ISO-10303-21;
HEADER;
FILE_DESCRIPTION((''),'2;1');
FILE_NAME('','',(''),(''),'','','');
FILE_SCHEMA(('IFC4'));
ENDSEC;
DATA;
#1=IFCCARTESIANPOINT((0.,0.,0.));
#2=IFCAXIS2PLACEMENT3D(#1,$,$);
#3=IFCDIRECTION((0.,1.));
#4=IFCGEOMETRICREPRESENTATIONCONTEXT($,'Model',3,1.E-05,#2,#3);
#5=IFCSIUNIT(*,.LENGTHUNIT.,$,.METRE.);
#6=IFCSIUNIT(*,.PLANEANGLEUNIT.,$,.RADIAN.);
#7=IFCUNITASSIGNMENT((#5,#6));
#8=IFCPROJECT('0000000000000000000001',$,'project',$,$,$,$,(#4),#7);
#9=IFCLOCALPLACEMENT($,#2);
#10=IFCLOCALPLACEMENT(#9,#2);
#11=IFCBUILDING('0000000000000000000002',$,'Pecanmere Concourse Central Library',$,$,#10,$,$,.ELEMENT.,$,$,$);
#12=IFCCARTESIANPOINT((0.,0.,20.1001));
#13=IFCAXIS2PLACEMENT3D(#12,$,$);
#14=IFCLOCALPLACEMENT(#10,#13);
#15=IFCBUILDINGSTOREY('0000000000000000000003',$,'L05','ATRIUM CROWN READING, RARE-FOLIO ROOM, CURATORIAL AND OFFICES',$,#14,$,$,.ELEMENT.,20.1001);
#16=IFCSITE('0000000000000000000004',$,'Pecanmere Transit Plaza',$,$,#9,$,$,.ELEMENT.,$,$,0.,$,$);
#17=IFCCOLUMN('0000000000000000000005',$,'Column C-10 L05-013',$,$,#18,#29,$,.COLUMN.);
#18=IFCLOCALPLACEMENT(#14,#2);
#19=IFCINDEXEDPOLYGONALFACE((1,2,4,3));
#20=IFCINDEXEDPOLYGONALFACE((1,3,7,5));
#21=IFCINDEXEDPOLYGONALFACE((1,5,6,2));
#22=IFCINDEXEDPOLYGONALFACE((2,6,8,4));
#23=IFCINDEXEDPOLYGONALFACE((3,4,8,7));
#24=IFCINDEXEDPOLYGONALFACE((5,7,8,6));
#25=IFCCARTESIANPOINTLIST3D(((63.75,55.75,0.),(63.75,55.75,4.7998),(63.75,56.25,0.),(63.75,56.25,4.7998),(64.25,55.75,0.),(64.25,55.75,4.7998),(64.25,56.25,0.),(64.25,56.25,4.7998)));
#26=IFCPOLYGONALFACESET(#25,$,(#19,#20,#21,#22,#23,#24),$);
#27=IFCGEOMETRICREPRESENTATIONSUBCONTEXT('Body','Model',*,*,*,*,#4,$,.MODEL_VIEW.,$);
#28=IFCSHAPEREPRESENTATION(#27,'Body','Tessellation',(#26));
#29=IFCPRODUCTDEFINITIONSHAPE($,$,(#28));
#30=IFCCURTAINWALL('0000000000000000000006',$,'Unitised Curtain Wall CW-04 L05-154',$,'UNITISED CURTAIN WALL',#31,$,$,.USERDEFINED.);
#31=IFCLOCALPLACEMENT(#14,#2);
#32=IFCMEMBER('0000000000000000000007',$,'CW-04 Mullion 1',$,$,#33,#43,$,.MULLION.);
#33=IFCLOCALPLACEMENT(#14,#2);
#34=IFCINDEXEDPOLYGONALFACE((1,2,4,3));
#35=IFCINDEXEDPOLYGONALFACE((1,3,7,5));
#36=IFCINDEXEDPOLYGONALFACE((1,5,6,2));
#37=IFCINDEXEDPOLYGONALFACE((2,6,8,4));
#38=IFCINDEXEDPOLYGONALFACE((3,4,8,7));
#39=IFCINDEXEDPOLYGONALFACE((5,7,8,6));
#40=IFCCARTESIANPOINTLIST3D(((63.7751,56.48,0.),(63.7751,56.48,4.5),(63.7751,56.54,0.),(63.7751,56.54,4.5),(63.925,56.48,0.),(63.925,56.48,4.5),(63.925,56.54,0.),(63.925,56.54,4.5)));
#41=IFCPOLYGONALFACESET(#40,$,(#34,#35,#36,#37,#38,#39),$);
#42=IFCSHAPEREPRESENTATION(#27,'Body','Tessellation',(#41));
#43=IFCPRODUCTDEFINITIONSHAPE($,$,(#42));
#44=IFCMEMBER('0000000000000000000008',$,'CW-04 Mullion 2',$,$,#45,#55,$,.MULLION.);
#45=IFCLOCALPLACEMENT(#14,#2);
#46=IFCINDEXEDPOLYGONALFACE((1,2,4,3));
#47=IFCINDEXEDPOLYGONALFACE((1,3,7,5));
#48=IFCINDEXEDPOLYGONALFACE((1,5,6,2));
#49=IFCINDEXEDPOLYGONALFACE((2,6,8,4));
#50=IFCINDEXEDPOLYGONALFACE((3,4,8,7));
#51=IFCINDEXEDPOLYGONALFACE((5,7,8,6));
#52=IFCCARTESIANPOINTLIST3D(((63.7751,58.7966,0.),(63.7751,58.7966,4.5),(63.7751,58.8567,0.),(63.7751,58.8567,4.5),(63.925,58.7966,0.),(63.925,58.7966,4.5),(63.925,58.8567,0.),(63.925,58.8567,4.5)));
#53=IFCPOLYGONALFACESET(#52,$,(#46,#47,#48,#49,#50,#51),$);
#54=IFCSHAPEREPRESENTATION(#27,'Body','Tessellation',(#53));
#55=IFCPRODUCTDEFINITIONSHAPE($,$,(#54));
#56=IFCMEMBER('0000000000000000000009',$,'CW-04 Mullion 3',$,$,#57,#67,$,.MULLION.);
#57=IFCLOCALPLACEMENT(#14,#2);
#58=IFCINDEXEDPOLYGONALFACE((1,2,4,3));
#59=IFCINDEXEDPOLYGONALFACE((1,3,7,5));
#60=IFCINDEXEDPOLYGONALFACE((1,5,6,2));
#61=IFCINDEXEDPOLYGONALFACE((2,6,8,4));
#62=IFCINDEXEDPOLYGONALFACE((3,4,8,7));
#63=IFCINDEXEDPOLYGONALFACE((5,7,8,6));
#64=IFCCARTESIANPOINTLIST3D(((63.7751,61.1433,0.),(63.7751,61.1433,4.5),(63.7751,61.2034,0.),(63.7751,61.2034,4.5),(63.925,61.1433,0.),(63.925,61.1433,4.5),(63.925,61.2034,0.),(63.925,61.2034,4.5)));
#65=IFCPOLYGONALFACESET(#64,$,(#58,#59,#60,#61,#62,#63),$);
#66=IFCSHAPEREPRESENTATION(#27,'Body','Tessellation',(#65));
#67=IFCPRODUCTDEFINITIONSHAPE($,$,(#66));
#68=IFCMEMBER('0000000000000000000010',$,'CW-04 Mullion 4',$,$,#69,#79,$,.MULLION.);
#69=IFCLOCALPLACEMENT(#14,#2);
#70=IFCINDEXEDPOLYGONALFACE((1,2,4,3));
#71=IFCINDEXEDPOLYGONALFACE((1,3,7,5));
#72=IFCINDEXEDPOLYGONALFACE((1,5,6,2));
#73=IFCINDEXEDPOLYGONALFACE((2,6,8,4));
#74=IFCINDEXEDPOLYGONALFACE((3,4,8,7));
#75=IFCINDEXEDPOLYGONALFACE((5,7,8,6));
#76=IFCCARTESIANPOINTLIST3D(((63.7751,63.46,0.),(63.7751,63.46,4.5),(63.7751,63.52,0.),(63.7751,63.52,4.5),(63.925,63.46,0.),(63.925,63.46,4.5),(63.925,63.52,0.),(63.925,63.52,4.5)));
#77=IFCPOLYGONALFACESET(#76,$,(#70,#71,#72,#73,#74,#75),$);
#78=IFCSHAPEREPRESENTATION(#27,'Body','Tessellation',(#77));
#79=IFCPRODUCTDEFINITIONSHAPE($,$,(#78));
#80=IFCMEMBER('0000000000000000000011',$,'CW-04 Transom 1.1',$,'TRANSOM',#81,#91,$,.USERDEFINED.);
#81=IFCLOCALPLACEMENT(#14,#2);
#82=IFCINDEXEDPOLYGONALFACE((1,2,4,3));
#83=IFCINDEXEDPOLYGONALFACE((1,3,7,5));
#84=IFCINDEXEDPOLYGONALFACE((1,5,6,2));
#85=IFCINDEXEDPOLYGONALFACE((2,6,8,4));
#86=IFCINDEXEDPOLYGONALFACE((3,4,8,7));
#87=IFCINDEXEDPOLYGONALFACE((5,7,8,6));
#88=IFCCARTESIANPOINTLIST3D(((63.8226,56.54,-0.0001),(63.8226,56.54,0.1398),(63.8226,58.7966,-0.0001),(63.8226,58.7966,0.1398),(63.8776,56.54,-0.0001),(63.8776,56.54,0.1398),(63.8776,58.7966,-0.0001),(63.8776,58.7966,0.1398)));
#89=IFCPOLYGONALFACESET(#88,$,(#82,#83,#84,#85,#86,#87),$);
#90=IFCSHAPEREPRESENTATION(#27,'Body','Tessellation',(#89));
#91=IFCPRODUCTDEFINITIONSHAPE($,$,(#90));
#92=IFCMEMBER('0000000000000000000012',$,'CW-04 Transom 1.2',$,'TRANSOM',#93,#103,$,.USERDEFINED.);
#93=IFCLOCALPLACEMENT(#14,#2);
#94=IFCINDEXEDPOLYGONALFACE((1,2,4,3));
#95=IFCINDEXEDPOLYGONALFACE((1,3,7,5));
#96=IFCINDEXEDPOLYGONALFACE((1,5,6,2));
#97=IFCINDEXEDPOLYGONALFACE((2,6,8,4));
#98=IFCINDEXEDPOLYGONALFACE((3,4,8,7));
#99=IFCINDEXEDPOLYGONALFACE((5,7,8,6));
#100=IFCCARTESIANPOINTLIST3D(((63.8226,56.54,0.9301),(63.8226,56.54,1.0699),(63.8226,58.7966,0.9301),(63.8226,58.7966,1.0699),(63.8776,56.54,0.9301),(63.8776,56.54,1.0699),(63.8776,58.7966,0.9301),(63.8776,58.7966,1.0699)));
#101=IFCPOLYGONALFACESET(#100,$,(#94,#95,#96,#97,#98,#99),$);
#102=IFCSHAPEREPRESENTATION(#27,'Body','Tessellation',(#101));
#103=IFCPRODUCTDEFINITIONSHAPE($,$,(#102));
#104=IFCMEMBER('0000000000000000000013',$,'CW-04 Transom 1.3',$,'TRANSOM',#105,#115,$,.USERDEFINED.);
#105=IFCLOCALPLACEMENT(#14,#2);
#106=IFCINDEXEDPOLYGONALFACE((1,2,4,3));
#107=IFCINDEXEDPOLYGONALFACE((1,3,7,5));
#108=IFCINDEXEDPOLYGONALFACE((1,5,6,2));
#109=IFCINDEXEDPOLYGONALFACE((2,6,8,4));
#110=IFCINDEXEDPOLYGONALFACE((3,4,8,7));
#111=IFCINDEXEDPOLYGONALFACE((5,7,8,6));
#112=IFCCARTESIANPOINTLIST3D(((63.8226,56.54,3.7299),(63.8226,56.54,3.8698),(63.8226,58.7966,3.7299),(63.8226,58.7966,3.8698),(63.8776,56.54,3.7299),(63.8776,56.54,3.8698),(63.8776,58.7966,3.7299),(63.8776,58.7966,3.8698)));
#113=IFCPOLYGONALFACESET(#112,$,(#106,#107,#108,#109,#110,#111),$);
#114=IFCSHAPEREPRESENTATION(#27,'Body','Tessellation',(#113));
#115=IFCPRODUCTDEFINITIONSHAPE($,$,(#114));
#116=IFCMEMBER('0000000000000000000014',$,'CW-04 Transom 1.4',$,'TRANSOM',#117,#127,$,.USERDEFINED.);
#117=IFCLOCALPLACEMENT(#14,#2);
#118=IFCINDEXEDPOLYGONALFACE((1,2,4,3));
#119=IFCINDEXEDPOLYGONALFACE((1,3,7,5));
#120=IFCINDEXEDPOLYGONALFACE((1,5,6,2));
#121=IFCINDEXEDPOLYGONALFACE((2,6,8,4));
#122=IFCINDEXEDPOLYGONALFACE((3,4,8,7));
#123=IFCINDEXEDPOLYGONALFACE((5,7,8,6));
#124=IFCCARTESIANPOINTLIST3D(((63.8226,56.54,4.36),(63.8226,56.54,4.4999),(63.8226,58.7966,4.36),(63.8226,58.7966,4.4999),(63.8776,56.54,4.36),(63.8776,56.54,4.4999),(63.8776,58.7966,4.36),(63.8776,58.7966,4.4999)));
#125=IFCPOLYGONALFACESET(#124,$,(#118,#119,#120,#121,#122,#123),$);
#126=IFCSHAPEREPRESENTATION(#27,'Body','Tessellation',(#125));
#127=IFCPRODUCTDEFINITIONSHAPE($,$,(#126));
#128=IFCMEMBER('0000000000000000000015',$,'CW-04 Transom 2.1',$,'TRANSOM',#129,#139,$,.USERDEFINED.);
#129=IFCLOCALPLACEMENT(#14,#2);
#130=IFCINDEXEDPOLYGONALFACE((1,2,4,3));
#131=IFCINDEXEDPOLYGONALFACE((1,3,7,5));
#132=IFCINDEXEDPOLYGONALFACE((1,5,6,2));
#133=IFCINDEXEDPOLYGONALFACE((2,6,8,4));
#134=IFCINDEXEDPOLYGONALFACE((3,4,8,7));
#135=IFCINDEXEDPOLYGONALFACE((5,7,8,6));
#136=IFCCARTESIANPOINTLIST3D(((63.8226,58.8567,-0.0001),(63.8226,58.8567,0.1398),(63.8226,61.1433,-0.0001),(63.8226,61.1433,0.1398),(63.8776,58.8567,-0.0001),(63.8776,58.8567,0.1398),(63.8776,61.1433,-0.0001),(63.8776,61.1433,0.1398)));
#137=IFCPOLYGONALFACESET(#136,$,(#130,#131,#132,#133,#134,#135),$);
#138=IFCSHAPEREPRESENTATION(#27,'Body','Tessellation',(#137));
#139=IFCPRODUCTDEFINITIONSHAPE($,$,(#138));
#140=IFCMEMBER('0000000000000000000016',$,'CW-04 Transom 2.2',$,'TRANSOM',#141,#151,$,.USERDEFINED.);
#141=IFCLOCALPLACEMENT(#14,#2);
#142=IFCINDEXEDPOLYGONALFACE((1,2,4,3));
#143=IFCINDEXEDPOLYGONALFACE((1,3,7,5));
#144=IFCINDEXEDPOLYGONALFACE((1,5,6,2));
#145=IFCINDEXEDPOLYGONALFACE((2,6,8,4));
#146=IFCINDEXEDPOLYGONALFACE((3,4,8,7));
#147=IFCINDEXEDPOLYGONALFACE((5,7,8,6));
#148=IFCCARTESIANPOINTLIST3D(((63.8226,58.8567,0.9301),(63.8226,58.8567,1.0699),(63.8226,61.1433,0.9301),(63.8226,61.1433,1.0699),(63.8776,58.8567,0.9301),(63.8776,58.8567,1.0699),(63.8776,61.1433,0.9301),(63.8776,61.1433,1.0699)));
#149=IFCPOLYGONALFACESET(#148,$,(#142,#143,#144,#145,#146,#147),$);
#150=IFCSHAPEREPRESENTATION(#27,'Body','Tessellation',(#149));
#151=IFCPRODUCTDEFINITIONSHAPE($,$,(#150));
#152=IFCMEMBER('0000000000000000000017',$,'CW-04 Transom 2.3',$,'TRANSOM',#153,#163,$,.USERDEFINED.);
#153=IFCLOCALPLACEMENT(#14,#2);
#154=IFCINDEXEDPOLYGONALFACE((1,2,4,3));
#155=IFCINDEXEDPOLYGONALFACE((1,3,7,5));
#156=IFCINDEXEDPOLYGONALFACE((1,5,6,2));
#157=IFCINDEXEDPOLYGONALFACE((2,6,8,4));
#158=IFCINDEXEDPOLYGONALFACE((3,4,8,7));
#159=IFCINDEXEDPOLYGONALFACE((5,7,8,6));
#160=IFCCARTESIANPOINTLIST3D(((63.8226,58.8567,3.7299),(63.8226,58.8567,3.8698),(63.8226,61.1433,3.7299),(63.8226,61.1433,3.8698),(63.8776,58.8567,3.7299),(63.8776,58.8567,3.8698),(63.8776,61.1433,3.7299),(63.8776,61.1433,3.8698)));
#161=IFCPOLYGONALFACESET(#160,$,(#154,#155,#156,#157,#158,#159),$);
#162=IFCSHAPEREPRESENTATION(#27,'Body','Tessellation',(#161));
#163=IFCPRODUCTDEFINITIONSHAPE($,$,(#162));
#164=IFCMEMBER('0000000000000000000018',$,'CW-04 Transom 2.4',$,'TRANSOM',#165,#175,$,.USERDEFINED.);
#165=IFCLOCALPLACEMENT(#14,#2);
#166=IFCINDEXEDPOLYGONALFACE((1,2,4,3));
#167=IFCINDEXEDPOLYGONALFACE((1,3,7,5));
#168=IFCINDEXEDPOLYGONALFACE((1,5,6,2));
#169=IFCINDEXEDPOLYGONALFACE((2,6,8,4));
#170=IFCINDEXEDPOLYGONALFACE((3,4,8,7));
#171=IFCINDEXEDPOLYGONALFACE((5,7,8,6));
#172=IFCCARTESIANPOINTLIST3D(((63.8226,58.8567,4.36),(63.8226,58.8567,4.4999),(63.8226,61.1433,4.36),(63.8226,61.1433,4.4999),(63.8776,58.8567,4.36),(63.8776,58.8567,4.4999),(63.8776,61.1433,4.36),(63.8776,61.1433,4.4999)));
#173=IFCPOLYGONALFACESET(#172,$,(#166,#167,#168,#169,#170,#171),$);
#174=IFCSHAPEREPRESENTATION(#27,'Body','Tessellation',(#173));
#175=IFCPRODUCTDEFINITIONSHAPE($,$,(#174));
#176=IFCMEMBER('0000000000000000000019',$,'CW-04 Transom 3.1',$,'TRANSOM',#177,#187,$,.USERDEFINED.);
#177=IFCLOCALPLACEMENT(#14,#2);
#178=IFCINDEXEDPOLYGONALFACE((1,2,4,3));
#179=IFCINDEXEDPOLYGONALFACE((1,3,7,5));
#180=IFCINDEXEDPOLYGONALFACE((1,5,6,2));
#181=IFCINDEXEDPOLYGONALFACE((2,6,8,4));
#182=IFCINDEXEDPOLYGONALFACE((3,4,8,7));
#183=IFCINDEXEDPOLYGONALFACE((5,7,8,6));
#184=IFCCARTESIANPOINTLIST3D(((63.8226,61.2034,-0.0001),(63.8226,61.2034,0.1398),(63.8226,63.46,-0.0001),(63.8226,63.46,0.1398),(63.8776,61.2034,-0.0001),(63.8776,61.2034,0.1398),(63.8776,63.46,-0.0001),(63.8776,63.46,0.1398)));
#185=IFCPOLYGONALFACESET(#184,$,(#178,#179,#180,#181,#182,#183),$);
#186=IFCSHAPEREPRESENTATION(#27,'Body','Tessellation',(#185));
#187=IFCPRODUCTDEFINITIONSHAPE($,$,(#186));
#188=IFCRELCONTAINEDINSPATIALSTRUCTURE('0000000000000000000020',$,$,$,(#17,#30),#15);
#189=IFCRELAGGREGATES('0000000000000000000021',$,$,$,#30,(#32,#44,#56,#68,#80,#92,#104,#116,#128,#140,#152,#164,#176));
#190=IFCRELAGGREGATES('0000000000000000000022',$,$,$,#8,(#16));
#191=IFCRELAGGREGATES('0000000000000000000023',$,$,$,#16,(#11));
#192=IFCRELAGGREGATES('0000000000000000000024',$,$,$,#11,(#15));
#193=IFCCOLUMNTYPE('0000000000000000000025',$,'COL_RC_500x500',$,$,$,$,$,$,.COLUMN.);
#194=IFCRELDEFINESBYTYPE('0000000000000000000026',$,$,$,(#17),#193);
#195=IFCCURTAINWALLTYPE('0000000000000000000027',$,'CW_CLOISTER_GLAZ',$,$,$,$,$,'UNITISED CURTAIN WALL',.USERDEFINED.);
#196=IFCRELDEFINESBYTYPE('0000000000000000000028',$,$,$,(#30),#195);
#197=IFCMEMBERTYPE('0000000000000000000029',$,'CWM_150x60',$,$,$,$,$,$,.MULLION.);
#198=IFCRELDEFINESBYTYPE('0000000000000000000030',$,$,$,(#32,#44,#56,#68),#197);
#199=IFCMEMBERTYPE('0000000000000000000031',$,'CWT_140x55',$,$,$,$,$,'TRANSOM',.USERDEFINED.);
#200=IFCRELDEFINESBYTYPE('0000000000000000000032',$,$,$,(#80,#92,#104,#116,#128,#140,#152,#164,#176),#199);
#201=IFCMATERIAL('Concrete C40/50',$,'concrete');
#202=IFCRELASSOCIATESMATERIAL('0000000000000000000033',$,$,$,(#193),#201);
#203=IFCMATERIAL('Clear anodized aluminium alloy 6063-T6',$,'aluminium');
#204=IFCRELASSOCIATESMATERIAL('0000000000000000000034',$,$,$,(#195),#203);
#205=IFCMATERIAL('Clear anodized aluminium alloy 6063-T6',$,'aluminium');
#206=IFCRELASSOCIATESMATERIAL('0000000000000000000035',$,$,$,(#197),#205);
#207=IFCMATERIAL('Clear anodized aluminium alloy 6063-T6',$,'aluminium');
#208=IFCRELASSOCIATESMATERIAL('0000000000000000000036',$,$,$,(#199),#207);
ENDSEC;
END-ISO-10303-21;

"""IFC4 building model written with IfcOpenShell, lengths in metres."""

from ifc_helpers import new_model, si_unit, direction, frame, origin, origin_2d, place, context, subcontext, project, spatial, rectangle, extrude, material, material_profile, profile_set, type_object, element, aggregate, save


model = new_model("IFC4")

# Units and contexts
model_context = context("Model", 3, precision=1e-05, world=origin(), true_north=direction((0.0, 1.0)))
body_context = subcontext(model_context, "Body", "Model", "MODEL_VIEW")
ifc_project = project(units=[si_unit("LENGTHUNIT", "METRE"), si_unit("PLANEANGLEUNIT", "RADIAN")], contexts=[model_context])

# Site, building, storey
site_placement = place(None, origin())
site = spatial("IfcSite", under=ifc_project, at=site_placement, Name="Pecanmere Transit Plaza", CompositionType="ELEMENT", RefElevation=0.0)
building_placement = place(site_placement, origin())
building = spatial("IfcBuilding", under=site, at=building_placement, Name="Pecanmere Concourse Central Library", CompositionType="ELEMENT")
storey_placement = place(building_placement, frame((0.0, 0.0, 20.1001)))
storey = spatial("IfcBuildingStorey", under=building, at=storey_placement, Name="L05", Description="ATRIUM CROWN READING, RARE-FOLIO ROOM, CURATORIAL AND OFFICES", CompositionType="ELEMENT", Elevation=20.1001)

# Column
ifc_material_1 = material(Name="Concrete C40/50", Category="concrete")
ifc_material_profile_1 = material_profile(ifc_material_1, rectangle(XDim=0.5, YDim=0.5, at=origin_2d()), Name="RC 500x500")
ifc_profile_set_1 = profile_set([ifc_material_profile_1], Name="Concrete C40/50")
column_type = type_object("IfcColumnType", Name="COL_RC_500x500", PredefinedType="COLUMN", material=ifc_profile_set_1)
column_placement = place(storey_placement, frame((64.0, 56.0, 0.0), z_axis=(0.0, 0.0, 1.0), x_axis=(1.0, 0.0, 0.0)))
element("IfcColumn", 1, at=column_placement, inside=storey, type_object=column_type, Name="Column C-10 L05-013", PredefinedType="COLUMN", context=body_context, shape_type="SweptSolid", body=[
    extrude(rectangle(XDim=0.5, YDim=0.5, at=origin_2d()), origin(), (0.0, 0.0, 1.0), 4.7998),
])

# Curtain wall, members
ifc_material_2 = material(Name="Clear anodized aluminium alloy 6063-T6", Category="aluminium")
curtain_wall_type = type_object("IfcCurtainWallType", Name="CW_CLOISTER_GLAZ", ElementType="UNITISED CURTAIN WALL", PredefinedType="USERDEFINED", material=ifc_material_2)
curtain_wall_placement = place(storey_placement, origin())
curtain_wall = element("IfcCurtainWall", 2, at=curtain_wall_placement, inside=storey, type_object=curtain_wall_type, Name="Unitised Curtain Wall CW-04 L05-154", ObjectType="UNITISED CURTAIN WALL", PredefinedType="USERDEFINED")
ifc_material_3 = material(Name="Clear anodized aluminium alloy 6063-T6", Category="aluminium")
ifc_material_profile_2 = material_profile(ifc_material_3, rectangle(XDim=0.0601, YDim=0.1499, at=origin_2d()), Name="AL 60x150")
ifc_profile_set_2 = profile_set([ifc_material_profile_2], Name="Clear anodized aluminium alloy 6063-T6")
member_type_1 = type_object("IfcMemberType", Name="CWM_150x60", PredefinedType="MULLION", material=ifc_profile_set_2)
member_1_placement = place(storey_placement, frame((63.8501, 56.51, 0.0), z_axis=(0.0, 0.0, 1.0), x_axis=(0.0, 1.0, 0.0)))
member_1 = element("IfcMember", 3, at=member_1_placement, type_object=member_type_1, Name="CW-04 Mullion 1", PredefinedType="MULLION", context=body_context, shape_type="SweptSolid", body=[
    extrude(rectangle(XDim=0.0601, YDim=0.1499, at=origin_2d()), origin(), (0.0, 0.0, 1.0), 4.5),
])
member_2_placement = place(storey_placement, frame((63.8501, 58.8267, 0.0), z_axis=(0.0, 0.0, 1.0), x_axis=(0.0, 1.0, 0.0)))
member_2 = element("IfcMember", 4, at=member_2_placement, type_object=member_type_1, Name="CW-04 Mullion 2", PredefinedType="MULLION", context=body_context, shape_type="SweptSolid", body=[
    extrude(rectangle(XDim=0.0601, YDim=0.1499, at=origin_2d()), origin(), (0.0, 0.0, 1.0), 4.5),
])
member_3_placement = place(storey_placement, frame((63.8501, 61.1733, 0.0), z_axis=(0.0, 0.0, 1.0), x_axis=(0.0, 1.0, 0.0)))
member_3 = element("IfcMember", 5, at=member_3_placement, type_object=member_type_1, Name="CW-04 Mullion 3", PredefinedType="MULLION", context=body_context, shape_type="SweptSolid", body=[
    extrude(rectangle(XDim=0.0601, YDim=0.1499, at=origin_2d()), origin(), (0.0, 0.0, 1.0), 4.5),
])
member_4_placement = place(storey_placement, frame((63.8501, 63.49, 0.0), z_axis=(0.0, 0.0, 1.0), x_axis=(0.0, 1.0, 0.0)))
member_4 = element("IfcMember", 6, at=member_4_placement, type_object=member_type_1, Name="CW-04 Mullion 4", PredefinedType="MULLION", context=body_context, shape_type="SweptSolid", body=[
    extrude(rectangle(XDim=0.0601, YDim=0.1499, at=origin_2d()), origin(), (0.0, 0.0, 1.0), 4.5),
])
ifc_material_4 = material(Name="Clear anodized aluminium alloy 6063-T6", Category="aluminium")
ifc_material_profile_3 = material_profile(ifc_material_4, rectangle(XDim=0.0549, YDim=0.1399, at=origin_2d()), Name="AL 55x140")
ifc_profile_set_3 = profile_set([ifc_material_profile_3], Name="Clear anodized aluminium alloy 6063-T6")
member_type_2 = type_object("IfcMemberType", Name="CWT_140x55", ElementType="TRANSOM", PredefinedType="USERDEFINED", material=ifc_profile_set_3)
member_5_placement = place(storey_placement, frame((63.8501, 56.54, 0.0698), z_axis=(0.0, 1.0, 0.0), x_axis=(-1.0, 0.0, 0.0)))
member_5 = element("IfcMember", 7, at=member_5_placement, type_object=member_type_2, Name="CW-04 Transom 1.1", ObjectType="TRANSOM", PredefinedType="USERDEFINED", context=body_context, shape_type="SweptSolid", body=[
    extrude(rectangle(XDim=0.0549, YDim=0.1399, at=origin_2d()), origin(), (0.0, 0.0, 1.0), 2.2566),
])
member_6_placement = place(storey_placement, frame((63.8501, 56.54, 1.0), z_axis=(0.0, 1.0, 0.0), x_axis=(-1.0, 0.0, 0.0)))
member_6 = element("IfcMember", 8, at=member_6_placement, type_object=member_type_2, Name="CW-04 Transom 1.2", ObjectType="TRANSOM", PredefinedType="USERDEFINED", context=body_context, shape_type="SweptSolid", body=[
    extrude(rectangle(XDim=0.0549, YDim=0.1399, at=origin_2d()), origin(), (0.0, 0.0, 1.0), 2.2566),
])
member_7_placement = place(storey_placement, frame((63.8501, 56.54, 3.7998), z_axis=(0.0, 1.0, 0.0), x_axis=(-1.0, 0.0, 0.0)))
member_7 = element("IfcMember", 9, at=member_7_placement, type_object=member_type_2, Name="CW-04 Transom 1.3", ObjectType="TRANSOM", PredefinedType="USERDEFINED", context=body_context, shape_type="SweptSolid", body=[
    extrude(rectangle(XDim=0.0549, YDim=0.1399, at=origin_2d()), origin(), (0.0, 0.0, 1.0), 2.2566),
])
member_8_placement = place(storey_placement, frame((63.8501, 56.54, 4.4299), z_axis=(0.0, 1.0, 0.0), x_axis=(-1.0, 0.0, 0.0)))
member_8 = element("IfcMember", 10, at=member_8_placement, type_object=member_type_2, Name="CW-04 Transom 1.4", ObjectType="TRANSOM", PredefinedType="USERDEFINED", context=body_context, shape_type="SweptSolid", body=[
    extrude(rectangle(XDim=0.0549, YDim=0.1399, at=origin_2d()), origin(), (0.0, 0.0, 1.0), 2.2566),
])
member_9_placement = place(storey_placement, frame((63.8501, 58.8567, 0.0698), z_axis=(0.0, 1.0, 0.0), x_axis=(-1.0, 0.0, 0.0)))
member_9 = element("IfcMember", 11, at=member_9_placement, type_object=member_type_2, Name="CW-04 Transom 2.1", ObjectType="TRANSOM", PredefinedType="USERDEFINED", context=body_context, shape_type="SweptSolid", body=[
    extrude(rectangle(XDim=0.0549, YDim=0.1399, at=origin_2d()), origin(), (0.0, 0.0, 1.0), 2.2866),
])
member_10_placement = place(storey_placement, frame((63.8501, 58.8567, 1.0), z_axis=(0.0, 1.0, 0.0), x_axis=(-1.0, 0.0, 0.0)))
member_10 = element("IfcMember", 12, at=member_10_placement, type_object=member_type_2, Name="CW-04 Transom 2.2", ObjectType="TRANSOM", PredefinedType="USERDEFINED", context=body_context, shape_type="SweptSolid", body=[
    extrude(rectangle(XDim=0.0549, YDim=0.1399, at=origin_2d()), origin(), (0.0, 0.0, 1.0), 2.2866),
])
member_11_placement = place(storey_placement, frame((63.8501, 58.8567, 3.7998), z_axis=(0.0, 1.0, 0.0), x_axis=(-1.0, 0.0, 0.0)))
member_11 = element("IfcMember", 13, at=member_11_placement, type_object=member_type_2, Name="CW-04 Transom 2.3", ObjectType="TRANSOM", PredefinedType="USERDEFINED", context=body_context, shape_type="SweptSolid", body=[
    extrude(rectangle(XDim=0.0549, YDim=0.1399, at=origin_2d()), origin(), (0.0, 0.0, 1.0), 2.2866),
])
member_12_placement = place(storey_placement, frame((63.8501, 58.8567, 4.4299), z_axis=(0.0, 1.0, 0.0), x_axis=(-1.0, 0.0, 0.0)))
member_12 = element("IfcMember", 14, at=member_12_placement, type_object=member_type_2, Name="CW-04 Transom 2.4", ObjectType="TRANSOM", PredefinedType="USERDEFINED", context=body_context, shape_type="SweptSolid", body=[
    extrude(rectangle(XDim=0.0549, YDim=0.1399, at=origin_2d()), origin(), (0.0, 0.0, 1.0), 2.2866),
])
member_13_placement = place(storey_placement, frame((63.8501, 61.2034, 0.0698), z_axis=(0.0, 1.0, 0.0), x_axis=(-1.0, 0.0, 0.0)))
member_13 = element("IfcMember", 15, at=member_13_placement, type_object=member_type_2, Name="CW-04 Transom 3.1", ObjectType="TRANSOM", PredefinedType="USERDEFINED", context=body_context, shape_type="SweptSolid", body=[
    extrude(rectangle(XDim=0.0549, YDim=0.1399, at=origin_2d()), origin(), (0.0, 0.0, 1.0), 2.2566),
])

aggregate(curtain_wall, [member_1, member_2, member_3, member_4, member_5, member_6, member_7, member_8, member_9, member_10, member_11, member_12, member_13])

save(model, "model.ifc")
